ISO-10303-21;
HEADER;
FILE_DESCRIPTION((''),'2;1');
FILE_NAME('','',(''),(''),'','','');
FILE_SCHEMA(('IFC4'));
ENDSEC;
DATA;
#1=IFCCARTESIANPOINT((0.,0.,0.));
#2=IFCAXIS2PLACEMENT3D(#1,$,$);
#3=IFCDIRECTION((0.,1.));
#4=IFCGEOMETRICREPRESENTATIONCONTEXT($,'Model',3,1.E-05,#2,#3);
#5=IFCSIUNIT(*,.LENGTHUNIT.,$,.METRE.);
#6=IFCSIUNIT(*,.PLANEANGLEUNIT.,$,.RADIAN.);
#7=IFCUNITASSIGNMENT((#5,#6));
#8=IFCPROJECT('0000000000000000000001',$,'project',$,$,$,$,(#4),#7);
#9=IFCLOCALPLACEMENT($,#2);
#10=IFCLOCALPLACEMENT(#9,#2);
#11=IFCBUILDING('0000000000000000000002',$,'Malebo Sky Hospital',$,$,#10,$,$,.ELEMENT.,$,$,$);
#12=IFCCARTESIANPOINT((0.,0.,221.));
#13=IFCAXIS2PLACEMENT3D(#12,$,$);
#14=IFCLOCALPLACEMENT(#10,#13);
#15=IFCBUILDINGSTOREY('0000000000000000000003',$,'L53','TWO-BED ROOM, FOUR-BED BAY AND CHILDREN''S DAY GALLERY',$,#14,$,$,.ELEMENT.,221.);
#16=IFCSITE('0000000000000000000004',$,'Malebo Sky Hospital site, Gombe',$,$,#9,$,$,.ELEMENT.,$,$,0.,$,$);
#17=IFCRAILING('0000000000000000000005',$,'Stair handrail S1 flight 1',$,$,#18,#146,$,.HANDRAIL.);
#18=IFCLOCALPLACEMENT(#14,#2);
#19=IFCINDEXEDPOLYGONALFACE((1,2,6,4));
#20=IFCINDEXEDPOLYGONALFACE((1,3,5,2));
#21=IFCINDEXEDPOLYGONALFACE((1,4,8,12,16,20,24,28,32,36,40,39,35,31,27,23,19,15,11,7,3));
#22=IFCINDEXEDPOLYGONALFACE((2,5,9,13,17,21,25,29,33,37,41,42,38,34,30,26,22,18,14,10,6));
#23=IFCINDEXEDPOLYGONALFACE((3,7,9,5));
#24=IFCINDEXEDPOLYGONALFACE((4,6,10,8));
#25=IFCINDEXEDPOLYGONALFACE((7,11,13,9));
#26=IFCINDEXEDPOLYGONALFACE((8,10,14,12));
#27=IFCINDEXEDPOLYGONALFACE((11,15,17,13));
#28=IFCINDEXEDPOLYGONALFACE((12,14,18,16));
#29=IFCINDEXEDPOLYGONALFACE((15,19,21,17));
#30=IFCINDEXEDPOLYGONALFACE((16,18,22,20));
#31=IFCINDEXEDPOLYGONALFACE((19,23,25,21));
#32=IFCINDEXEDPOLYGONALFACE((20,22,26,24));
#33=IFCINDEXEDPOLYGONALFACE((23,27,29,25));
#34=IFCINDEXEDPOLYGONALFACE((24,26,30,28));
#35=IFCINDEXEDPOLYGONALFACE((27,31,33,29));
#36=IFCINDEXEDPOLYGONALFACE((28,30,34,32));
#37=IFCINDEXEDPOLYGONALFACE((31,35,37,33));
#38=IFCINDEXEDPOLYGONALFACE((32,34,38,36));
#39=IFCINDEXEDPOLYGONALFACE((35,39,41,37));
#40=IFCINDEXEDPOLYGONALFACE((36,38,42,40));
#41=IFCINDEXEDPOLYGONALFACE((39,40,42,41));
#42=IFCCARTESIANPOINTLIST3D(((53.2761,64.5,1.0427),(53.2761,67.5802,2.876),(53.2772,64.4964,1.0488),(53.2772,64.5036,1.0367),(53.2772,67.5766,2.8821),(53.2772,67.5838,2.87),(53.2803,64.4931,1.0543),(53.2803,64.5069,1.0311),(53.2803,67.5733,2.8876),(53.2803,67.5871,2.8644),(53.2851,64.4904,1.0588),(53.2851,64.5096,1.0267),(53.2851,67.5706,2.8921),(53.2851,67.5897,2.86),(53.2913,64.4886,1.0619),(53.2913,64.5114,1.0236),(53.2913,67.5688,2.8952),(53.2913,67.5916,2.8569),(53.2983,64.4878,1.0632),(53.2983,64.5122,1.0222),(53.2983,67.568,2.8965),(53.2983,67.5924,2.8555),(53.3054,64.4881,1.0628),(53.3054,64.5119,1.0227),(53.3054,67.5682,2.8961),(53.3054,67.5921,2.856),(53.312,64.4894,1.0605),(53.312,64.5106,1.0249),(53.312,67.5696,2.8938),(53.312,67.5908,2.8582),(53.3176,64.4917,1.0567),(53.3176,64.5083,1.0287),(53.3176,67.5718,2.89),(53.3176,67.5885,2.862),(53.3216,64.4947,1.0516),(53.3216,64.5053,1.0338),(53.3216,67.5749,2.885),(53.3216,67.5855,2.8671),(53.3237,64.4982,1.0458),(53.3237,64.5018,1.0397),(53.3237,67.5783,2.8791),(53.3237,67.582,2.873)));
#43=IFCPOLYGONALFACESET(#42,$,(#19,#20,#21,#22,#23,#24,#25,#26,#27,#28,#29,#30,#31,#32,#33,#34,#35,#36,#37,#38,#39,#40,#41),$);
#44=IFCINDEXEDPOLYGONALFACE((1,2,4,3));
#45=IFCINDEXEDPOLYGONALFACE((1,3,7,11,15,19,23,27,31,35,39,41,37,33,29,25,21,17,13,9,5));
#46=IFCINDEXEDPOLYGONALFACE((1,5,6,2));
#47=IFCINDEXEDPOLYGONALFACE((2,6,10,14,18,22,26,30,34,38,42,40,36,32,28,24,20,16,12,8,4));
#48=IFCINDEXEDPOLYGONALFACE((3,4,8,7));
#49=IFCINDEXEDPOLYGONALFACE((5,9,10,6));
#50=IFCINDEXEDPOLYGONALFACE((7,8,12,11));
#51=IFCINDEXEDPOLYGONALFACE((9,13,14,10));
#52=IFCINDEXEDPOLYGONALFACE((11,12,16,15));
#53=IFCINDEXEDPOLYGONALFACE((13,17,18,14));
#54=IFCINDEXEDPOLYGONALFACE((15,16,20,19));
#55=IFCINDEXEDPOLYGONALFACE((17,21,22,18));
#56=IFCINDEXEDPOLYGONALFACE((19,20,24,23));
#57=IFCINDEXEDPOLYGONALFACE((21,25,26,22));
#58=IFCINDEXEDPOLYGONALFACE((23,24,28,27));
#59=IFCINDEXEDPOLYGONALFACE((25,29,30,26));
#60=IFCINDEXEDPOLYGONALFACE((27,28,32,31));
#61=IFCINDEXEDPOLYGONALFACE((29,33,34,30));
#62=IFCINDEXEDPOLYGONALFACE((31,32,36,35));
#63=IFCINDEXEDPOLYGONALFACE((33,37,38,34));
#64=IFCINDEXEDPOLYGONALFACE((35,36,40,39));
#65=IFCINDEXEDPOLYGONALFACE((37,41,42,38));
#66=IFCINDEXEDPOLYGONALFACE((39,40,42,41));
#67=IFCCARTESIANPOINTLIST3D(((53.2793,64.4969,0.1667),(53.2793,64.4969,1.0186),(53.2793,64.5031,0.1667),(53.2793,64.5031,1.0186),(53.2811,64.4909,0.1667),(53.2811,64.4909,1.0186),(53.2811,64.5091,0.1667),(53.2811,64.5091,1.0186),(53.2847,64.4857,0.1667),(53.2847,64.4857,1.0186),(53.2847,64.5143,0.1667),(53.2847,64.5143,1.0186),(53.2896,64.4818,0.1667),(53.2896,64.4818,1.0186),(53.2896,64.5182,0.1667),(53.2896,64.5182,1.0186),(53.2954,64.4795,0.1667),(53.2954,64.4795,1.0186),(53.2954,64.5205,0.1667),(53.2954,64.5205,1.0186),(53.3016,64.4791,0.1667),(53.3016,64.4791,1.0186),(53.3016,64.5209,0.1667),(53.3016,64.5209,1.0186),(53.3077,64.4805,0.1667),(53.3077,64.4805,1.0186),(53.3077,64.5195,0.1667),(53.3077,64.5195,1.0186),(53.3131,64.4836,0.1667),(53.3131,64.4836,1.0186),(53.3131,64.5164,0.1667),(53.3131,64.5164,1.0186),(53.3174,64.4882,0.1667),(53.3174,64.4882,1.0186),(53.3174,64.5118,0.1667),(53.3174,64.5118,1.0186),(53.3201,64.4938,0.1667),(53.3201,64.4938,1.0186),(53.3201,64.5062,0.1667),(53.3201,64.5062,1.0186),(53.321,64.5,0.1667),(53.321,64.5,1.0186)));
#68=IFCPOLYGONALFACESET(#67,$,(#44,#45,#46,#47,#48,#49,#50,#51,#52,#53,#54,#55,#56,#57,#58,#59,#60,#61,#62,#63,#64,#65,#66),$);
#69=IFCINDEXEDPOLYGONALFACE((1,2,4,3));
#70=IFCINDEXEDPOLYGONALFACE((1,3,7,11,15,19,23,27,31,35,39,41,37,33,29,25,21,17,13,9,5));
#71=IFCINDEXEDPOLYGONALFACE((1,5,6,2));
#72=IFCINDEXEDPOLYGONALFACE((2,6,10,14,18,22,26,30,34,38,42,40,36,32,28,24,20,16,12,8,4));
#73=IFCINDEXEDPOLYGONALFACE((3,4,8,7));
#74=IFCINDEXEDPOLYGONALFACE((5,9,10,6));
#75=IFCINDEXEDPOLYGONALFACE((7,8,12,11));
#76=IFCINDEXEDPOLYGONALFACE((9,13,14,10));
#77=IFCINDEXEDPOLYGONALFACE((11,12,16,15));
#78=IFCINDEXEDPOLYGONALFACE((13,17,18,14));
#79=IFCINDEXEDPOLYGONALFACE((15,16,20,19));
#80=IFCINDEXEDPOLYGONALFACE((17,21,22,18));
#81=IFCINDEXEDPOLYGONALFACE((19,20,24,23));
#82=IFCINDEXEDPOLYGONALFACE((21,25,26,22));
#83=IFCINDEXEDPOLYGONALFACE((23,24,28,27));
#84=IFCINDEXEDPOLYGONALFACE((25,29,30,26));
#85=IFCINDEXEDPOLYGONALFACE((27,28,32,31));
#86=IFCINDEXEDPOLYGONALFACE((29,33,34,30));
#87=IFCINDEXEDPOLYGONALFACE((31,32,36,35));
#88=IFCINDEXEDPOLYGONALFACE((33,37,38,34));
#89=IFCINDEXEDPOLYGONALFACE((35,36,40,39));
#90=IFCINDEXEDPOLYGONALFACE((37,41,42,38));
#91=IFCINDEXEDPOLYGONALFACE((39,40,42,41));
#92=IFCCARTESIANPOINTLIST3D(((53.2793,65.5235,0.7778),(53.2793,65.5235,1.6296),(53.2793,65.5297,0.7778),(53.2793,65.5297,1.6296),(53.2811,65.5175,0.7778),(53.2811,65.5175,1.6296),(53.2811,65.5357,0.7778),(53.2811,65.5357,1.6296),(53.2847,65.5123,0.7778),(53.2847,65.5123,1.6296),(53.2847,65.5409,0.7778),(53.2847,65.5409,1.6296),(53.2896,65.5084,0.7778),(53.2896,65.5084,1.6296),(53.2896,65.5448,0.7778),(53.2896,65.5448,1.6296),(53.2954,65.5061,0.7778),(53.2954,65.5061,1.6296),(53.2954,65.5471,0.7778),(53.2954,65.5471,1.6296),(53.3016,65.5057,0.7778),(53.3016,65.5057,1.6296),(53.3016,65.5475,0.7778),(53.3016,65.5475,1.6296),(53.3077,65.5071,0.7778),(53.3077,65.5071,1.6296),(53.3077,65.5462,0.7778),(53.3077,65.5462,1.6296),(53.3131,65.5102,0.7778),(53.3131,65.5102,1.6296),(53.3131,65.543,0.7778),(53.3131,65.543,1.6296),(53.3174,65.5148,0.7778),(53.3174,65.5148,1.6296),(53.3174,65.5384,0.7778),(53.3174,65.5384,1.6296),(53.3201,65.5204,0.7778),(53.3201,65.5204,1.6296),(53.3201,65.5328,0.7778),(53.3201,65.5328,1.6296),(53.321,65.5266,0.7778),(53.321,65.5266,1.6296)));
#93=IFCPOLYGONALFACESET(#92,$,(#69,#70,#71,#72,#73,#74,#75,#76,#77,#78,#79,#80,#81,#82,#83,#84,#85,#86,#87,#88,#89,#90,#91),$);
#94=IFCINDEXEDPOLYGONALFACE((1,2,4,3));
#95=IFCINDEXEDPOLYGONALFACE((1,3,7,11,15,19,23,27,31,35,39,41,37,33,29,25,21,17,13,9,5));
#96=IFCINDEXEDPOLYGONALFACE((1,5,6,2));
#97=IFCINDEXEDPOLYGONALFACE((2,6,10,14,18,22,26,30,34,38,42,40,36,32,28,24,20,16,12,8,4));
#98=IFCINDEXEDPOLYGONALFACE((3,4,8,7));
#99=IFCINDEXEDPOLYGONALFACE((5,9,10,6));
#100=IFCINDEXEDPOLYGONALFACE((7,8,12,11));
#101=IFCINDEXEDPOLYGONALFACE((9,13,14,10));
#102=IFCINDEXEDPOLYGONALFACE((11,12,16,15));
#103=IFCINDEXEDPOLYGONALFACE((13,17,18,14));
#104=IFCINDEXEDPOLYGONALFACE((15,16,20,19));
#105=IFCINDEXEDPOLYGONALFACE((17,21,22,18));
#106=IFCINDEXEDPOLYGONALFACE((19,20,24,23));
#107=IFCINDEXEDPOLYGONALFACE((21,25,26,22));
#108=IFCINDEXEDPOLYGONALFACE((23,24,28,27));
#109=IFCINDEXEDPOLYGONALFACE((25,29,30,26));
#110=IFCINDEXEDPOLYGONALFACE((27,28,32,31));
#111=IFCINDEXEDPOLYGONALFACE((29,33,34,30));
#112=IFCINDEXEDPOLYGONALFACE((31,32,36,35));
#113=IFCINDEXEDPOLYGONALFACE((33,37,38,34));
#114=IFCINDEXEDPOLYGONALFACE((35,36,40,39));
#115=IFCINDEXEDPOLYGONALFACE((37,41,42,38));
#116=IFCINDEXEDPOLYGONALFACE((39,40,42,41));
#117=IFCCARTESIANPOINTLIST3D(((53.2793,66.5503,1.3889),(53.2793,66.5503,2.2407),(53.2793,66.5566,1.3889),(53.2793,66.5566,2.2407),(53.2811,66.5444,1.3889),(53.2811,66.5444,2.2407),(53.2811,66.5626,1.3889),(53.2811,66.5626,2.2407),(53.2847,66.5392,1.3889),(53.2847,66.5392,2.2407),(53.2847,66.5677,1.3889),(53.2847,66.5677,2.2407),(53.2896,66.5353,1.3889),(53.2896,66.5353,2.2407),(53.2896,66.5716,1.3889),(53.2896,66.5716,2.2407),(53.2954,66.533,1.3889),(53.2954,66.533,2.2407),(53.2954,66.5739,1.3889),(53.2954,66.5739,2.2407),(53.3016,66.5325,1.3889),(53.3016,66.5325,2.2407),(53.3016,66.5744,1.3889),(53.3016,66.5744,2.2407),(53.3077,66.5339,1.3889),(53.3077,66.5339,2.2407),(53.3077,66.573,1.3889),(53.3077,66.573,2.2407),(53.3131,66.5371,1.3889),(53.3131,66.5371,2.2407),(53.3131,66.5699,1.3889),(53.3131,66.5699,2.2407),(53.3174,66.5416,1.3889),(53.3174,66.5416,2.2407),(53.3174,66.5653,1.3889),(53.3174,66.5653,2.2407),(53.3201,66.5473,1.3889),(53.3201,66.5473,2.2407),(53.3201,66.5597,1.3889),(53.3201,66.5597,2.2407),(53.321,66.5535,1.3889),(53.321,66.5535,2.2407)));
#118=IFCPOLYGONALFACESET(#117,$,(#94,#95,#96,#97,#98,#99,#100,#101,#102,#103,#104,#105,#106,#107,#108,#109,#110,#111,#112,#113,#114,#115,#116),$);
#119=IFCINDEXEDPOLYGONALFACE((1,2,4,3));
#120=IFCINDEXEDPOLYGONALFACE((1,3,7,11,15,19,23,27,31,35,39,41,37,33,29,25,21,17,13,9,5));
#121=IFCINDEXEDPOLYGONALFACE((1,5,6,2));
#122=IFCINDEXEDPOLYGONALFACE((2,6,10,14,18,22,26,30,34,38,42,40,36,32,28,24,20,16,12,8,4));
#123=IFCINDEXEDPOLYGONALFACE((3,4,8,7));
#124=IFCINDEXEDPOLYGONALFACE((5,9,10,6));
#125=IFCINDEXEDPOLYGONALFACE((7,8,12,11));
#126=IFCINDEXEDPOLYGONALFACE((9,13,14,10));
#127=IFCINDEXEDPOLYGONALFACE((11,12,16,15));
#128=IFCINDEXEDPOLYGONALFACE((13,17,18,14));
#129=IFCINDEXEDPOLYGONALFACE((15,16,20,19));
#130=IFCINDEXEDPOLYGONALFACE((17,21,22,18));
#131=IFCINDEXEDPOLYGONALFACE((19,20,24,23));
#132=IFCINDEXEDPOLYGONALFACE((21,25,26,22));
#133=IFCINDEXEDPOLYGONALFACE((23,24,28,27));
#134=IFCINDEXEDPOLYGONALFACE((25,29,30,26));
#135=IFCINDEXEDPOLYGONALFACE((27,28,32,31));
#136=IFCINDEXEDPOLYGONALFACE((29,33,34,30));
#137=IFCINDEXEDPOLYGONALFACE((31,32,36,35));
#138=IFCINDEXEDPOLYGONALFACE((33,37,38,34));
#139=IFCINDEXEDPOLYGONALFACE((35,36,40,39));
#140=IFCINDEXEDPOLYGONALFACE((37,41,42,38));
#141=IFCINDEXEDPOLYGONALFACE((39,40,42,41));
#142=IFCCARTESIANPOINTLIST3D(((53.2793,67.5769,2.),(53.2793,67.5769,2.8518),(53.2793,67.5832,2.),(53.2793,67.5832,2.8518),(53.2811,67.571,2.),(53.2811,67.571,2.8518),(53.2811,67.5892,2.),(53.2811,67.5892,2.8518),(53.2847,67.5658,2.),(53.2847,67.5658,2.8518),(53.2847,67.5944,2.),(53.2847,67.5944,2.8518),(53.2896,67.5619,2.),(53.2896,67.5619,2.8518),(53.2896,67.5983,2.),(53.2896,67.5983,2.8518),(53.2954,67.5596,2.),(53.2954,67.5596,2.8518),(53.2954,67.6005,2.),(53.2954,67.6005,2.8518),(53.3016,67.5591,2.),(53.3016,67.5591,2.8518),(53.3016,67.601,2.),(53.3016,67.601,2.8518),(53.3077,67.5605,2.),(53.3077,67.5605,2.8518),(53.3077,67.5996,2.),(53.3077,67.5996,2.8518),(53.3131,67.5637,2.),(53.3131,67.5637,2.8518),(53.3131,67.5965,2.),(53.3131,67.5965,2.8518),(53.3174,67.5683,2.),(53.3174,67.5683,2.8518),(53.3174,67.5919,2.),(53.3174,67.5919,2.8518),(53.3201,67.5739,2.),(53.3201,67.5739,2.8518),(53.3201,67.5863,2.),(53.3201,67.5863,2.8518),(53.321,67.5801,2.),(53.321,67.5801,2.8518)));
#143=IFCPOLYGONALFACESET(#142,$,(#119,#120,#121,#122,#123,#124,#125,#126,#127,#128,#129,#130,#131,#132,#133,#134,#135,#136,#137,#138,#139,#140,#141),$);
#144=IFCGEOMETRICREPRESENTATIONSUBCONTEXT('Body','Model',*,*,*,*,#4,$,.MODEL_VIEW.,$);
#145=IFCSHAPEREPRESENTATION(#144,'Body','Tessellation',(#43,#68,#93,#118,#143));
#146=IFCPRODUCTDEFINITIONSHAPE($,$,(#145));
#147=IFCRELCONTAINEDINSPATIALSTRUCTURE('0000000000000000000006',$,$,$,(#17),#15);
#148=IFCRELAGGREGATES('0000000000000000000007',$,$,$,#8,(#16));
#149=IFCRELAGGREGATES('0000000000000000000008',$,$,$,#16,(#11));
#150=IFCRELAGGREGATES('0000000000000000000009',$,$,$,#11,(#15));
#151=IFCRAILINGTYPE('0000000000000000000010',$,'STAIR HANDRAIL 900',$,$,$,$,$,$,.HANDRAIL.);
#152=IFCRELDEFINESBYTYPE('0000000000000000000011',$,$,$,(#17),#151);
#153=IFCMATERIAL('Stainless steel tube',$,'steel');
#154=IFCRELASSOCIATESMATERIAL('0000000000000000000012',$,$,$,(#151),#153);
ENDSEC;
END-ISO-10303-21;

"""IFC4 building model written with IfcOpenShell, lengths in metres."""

from ifc_helpers import new_model, si_unit, direction, frame, origin, origin_2d, place, context, subcontext, project, spatial, circle, extrude, material, type_object, element, save


model = new_model("IFC4")

# Units and contexts
model_context = context("Model", 3, precision=1e-05, world=origin(), true_north=direction((0.0, 1.0)))
body_context = subcontext(model_context, "Body", "Model", "MODEL_VIEW")
ifc_project = project(units=[si_unit("LENGTHUNIT", "METRE"), si_unit("PLANEANGLEUNIT", "RADIAN")], contexts=[model_context])

# Site, building, storey
site_placement = place(None, origin())
site = spatial("IfcSite", under=ifc_project, at=site_placement, Name="Malebo Sky Hospital site, Gombe", CompositionType="ELEMENT", RefElevation=0.0)
building_placement = place(site_placement, origin())
building = spatial("IfcBuilding", under=site, at=building_placement, Name="Malebo Sky Hospital", CompositionType="ELEMENT")
storey_placement = place(building_placement, frame((0.0, 0.0, 221.0)))
storey = spatial("IfcBuildingStorey", under=building, at=storey_placement, Name="L53", Description="TWO-BED ROOM, FOUR-BED BAY AND CHILDREN'S DAY GALLERY", CompositionType="ELEMENT", Elevation=221.0)

# Railing
ifc_material_1 = material(Name="Stainless steel tube", Category="steel")
railing_type = type_object("IfcRailingType", Name="STAIR HANDRAIL 900", PredefinedType="HANDRAIL", material=ifc_material_1)
railing_1_placement = place(storey_placement, frame((53.3, 64.5, 0.1667)))
element("IfcRailing", 1, at=railing_1_placement, inside=storey, type_object=railing_type, Name="Stair handrail S1 flight 1", PredefinedType="HANDRAIL", context=body_context, shape_type="SweptSolid", body=[
    extrude(circle(Radius=0.0239, at=origin_2d()), frame((0.0, 0.0, 0.876), z_axis=(0.0, 0.859309, 0.511458), x_axis=(-1.0, 0.0, 0.0)), (0.0, 0.0, 1.0), 3.5845),
    extrude(circle(Radius=0.021, at=origin_2d()), origin(), (0.0, 0.0, 1.0), 0.8518),
    extrude(circle(Radius=0.021, at=origin_2d()), frame((0.0, 1.0266, 0.6111)), (0.0, 0.0, 1.0), 0.8518),
    extrude(circle(Radius=0.021, at=origin_2d()), frame((0.0, 2.0535, 1.2222)), (0.0, 0.0, 1.0), 0.8518),
    extrude(circle(Radius=0.021, at=origin_2d()), frame((0.0, 3.0801, 1.8333)), (0.0, 0.0, 1.0), 0.8518),
])

save(model, "model.ifc")
